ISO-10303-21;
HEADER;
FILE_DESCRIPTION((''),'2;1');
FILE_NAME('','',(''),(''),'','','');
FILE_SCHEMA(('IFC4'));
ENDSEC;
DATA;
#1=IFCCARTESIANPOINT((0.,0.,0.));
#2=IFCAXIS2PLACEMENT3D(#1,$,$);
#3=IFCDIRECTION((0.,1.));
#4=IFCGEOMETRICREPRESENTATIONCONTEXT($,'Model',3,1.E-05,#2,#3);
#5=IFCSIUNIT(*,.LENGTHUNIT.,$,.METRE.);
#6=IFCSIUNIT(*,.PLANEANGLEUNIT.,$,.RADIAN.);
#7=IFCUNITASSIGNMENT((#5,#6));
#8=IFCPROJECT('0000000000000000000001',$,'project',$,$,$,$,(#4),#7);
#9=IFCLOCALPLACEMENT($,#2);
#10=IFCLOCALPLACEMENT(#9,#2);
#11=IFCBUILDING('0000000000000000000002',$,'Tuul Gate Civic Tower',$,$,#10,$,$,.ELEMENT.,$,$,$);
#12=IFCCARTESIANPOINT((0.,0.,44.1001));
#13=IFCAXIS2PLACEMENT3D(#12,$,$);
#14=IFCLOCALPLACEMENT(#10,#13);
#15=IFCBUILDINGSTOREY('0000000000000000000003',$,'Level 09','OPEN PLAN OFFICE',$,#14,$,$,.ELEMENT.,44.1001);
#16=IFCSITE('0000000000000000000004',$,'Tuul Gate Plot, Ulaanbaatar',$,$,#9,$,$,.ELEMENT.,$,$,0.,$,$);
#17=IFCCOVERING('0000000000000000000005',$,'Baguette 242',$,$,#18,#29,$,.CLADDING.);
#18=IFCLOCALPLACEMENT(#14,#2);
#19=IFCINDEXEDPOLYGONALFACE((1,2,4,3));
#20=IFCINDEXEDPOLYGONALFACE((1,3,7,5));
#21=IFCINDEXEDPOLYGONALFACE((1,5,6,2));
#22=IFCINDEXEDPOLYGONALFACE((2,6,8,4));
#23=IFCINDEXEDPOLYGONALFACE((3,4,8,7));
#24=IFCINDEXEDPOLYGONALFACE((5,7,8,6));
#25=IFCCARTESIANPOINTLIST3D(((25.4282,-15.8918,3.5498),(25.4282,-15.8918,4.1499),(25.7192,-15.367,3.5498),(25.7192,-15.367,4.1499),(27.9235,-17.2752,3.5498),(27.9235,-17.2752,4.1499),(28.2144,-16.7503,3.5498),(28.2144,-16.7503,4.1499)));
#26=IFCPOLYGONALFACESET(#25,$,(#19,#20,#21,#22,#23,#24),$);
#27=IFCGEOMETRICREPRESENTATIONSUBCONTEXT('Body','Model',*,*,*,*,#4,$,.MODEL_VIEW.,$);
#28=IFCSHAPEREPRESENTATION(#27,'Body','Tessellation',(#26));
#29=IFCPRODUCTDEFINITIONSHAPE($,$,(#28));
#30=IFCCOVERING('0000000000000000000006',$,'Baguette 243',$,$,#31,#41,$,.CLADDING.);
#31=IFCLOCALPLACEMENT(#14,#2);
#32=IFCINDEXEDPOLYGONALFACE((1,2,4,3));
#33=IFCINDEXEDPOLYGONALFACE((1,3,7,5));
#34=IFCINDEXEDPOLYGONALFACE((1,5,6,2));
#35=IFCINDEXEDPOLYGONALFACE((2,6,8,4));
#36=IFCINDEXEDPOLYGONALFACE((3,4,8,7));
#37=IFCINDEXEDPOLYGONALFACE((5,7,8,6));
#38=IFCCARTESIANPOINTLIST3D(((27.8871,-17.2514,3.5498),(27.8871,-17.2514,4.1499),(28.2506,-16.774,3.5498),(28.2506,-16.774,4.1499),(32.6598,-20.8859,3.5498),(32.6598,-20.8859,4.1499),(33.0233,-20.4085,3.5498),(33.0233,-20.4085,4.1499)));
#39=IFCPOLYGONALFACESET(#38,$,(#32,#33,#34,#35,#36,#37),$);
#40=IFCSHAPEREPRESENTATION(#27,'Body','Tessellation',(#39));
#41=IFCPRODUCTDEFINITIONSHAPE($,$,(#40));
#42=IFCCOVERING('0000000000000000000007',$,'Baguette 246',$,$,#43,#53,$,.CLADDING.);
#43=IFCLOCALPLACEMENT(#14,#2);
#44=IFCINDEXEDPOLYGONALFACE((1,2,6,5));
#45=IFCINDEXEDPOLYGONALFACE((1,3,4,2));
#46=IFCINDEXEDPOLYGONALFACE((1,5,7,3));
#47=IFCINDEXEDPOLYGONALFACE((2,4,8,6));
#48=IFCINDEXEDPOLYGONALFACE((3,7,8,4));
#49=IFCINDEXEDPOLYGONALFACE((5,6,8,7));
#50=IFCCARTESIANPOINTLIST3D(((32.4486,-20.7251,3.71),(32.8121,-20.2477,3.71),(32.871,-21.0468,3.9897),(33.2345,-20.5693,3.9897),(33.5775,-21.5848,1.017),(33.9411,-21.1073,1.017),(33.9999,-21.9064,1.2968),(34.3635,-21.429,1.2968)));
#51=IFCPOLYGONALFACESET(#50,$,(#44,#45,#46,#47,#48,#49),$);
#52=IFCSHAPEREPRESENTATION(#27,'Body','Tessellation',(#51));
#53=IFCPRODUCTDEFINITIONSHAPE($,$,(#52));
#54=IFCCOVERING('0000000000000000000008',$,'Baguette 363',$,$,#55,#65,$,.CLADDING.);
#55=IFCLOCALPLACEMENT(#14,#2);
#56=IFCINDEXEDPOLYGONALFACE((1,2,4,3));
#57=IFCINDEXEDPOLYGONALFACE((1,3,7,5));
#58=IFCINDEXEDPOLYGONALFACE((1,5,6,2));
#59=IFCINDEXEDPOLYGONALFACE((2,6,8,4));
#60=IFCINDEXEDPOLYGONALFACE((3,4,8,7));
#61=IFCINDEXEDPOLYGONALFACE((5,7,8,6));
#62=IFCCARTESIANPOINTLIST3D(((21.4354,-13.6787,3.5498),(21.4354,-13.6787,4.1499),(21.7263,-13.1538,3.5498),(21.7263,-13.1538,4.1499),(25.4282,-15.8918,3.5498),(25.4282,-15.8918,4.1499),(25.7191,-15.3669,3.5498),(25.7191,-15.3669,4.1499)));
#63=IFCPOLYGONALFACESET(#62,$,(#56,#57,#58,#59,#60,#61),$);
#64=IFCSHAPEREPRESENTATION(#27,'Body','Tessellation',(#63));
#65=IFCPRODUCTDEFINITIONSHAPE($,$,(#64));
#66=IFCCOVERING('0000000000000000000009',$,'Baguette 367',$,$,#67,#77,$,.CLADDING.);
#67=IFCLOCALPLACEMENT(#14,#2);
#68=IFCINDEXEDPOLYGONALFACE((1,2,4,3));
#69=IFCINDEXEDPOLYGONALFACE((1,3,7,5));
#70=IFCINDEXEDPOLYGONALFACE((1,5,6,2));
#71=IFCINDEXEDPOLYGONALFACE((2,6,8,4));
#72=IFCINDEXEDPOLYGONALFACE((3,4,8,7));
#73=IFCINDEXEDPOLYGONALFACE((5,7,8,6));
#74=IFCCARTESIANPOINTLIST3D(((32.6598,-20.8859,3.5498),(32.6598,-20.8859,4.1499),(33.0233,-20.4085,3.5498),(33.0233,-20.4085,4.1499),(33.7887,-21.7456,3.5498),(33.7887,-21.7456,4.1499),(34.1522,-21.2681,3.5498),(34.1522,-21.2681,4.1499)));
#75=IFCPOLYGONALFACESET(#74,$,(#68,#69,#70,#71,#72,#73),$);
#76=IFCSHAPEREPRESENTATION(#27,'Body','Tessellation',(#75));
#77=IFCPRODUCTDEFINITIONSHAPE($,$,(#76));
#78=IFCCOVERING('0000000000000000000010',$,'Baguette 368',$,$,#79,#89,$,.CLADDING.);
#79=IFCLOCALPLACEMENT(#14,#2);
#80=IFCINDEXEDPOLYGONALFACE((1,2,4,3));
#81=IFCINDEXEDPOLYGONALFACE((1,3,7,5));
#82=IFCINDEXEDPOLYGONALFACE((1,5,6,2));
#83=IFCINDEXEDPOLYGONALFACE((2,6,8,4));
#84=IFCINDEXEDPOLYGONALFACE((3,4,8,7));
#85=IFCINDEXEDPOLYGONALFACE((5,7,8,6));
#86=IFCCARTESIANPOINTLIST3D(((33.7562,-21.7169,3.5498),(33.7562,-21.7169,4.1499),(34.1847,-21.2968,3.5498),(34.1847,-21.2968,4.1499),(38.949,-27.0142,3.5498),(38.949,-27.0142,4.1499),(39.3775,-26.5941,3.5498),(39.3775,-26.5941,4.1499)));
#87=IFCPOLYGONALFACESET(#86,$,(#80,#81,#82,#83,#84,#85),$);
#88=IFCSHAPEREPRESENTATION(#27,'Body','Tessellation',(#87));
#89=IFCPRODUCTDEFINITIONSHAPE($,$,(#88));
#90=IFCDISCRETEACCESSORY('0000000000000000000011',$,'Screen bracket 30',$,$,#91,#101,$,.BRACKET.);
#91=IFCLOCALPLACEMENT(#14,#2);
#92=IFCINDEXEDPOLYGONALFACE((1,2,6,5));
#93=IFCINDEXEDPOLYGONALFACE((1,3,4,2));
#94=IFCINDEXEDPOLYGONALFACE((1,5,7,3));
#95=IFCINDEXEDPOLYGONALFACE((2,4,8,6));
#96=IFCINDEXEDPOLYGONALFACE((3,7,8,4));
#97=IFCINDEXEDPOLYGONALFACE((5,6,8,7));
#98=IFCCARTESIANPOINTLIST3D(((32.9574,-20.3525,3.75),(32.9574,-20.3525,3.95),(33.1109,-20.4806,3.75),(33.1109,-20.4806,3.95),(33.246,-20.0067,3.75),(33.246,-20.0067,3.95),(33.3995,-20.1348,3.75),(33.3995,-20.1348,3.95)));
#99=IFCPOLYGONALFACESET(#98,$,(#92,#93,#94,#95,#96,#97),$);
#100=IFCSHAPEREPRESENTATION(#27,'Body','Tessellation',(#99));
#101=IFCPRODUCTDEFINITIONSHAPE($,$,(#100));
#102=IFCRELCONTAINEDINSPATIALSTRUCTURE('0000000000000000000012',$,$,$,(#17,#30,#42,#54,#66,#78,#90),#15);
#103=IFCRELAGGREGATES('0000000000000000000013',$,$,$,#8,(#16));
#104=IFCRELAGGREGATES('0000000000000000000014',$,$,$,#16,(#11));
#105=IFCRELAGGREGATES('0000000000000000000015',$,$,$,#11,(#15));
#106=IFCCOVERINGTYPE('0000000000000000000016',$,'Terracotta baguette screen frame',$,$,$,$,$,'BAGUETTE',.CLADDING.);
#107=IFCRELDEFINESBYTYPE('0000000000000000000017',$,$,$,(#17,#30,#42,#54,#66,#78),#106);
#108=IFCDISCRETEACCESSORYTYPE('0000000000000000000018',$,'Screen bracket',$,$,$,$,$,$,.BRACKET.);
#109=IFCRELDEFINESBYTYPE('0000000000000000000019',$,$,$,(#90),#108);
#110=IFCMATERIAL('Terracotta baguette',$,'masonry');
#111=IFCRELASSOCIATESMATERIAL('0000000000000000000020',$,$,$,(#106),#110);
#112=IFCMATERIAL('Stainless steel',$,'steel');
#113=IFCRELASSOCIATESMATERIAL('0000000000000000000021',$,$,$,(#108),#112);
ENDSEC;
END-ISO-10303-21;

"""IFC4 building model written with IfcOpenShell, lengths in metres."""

from ifc_helpers import new_model, si_unit, direction, frame, origin, origin_2d, place, context, subcontext, project, spatial, rectangle, extrude, material, material_profile, profile_set, type_object, element, save


model = new_model("IFC4")

# Units and contexts
model_context = context("Model", 3, precision=1e-05, world=origin(), true_north=direction((0.0, 1.0)))
body_context = subcontext(model_context, "Body", "Model", "MODEL_VIEW")
ifc_project = project(units=[si_unit("LENGTHUNIT", "METRE"), si_unit("PLANEANGLEUNIT", "RADIAN")], contexts=[model_context])

# Site, building, storey
site_placement = place(None, origin())
site = spatial("IfcSite", under=ifc_project, at=site_placement, Name="Tuul Gate Plot, Ulaanbaatar", CompositionType="ELEMENT", RefElevation=0.0)
building_placement = place(site_placement, origin())
building = spatial("IfcBuilding", under=site, at=building_placement, Name="Tuul Gate Civic Tower", CompositionType="ELEMENT")
storey_placement = place(building_placement, frame((0.0, 0.0, 44.1001)))
storey = spatial("IfcBuildingStorey", under=building, at=storey_placement, Name="Level 09", Description="OPEN PLAN OFFICE", CompositionType="ELEMENT", Elevation=44.1001)

# Coverings
ifc_material_1 = material(Name="Terracotta baguette", Category="masonry")
ifc_material_profile_1 = material_profile(ifc_material_1, rectangle(XDim=0.6001, YDim=0.6001, at=origin_2d()), Name="Terracotta baguette screen frame")
ifc_profile_set_1 = profile_set([ifc_material_profile_1], Name="Terracotta baguette")
covering_type = type_object("IfcCoveringType", Name="Terracotta baguette screen frame", ElementType="BAGUETTE", PredefinedType="CLADDING", material=ifc_profile_set_1)
covering_1_placement = place(storey_placement, frame((25.5737, -15.6294, 3.8499), z_axis=(0.874585, -0.484873, 0.0), x_axis=(0.484873, 0.874585, 0.0)))
element("IfcCovering", 1, at=covering_1_placement, inside=storey, type_object=covering_type, Name="Baguette 242", PredefinedType="CLADDING", context=body_context, shape_type="SweptSolid", body=[
    extrude(rectangle(XDim=0.6001, YDim=0.6001, at=origin_2d()), origin(), (0.0, 0.0, 1.0), 2.853),
])
covering_2_placement = place(storey_placement, frame((28.0688, -17.0127, 3.8499), z_axis=(0.795578, -0.605851, 0.0), x_axis=(0.605851, 0.795578, 0.0)))
element("IfcCovering", 2, at=covering_2_placement, inside=storey, type_object=covering_type, Name="Baguette 243", PredefinedType="CLADDING", context=body_context, shape_type="SweptSolid", body=[
    extrude(rectangle(XDim=0.6001, YDim=0.6001, at=origin_2d()), origin(), (0.0, 0.0, 1.0), 5.999),
])
covering_3_placement = place(storey_placement, frame((32.8416, -20.6472, 3.8499), z_axis=(0.370883, -0.282413, -0.884697), x_axis=(0.60582, 0.795602, 0.0)))
element("IfcCovering", 3, at=covering_3_placement, inside=storey, type_object=covering_type, Name="Baguette 246", PredefinedType="CLADDING", context=body_context, shape_type="SweptSolid", body=[
    extrude(rectangle(XDim=0.6001, YDim=0.6001, at=origin_2d()), origin(), (0.0, 0.0, 1.0), 3.0439),
])
covering_4_placement = place(storey_placement, frame((21.5808, -13.4163, 3.8499), z_axis=(0.874636, -0.48478, 0.0), x_axis=(0.48478, 0.874636, 0.0)))
element("IfcCovering", 4, at=covering_4_placement, inside=storey, type_object=covering_type, Name="Baguette 363", PredefinedType="CLADDING", context=body_context, shape_type="SweptSolid", body=[
    extrude(rectangle(XDim=0.6001, YDim=0.6001, at=origin_2d()), origin(), (0.0, 0.0, 1.0), 4.5652),
])
covering_5_placement = place(storey_placement, frame((32.8416, -20.6472, 3.8499), z_axis=(0.795602, -0.60582, 0.0), x_axis=(0.60582, 0.795602, 0.0)))
element("IfcCovering", 5, at=covering_5_placement, inside=storey, type_object=covering_type, Name="Baguette 367", PredefinedType="CLADDING", context=body_context, shape_type="SweptSolid", body=[
    extrude(rectangle(XDim=0.6001, YDim=0.6001, at=origin_2d()), origin(), (0.0, 0.0, 1.0), 1.4189),
])
covering_6_placement = place(storey_placement, frame((33.9705, -21.5068, 3.8499), z_axis=(0.700029, -0.714115, 0.0), x_axis=(0.714115, 0.700029, 0.0)))
element("IfcCovering", 6, at=covering_6_placement, inside=storey, type_object=covering_type, Name="Baguette 368", PredefinedType="CLADDING", context=body_context, shape_type="SweptSolid", body=[
    extrude(rectangle(XDim=0.6001, YDim=0.6001, at=origin_2d()), origin(), (0.0, 0.0, 1.0), 7.418),
])

# Discrete accessory
ifc_material_2 = material(Name="Stainless steel", Category="steel")
discrete_accessory_type = type_object("IfcDiscreteAccessoryType", Name="Screen bracket", PredefinedType="BRACKET", material=ifc_material_2)
discrete_accessory_placement = place(storey_placement, frame((33.1785, -20.2437, 3.75), z_axis=(0.0, 0.0, 1.0), x_axis=(-0.640757, -0.767744, 0.0)))
element("IfcDiscreteAccessory", 7, at=discrete_accessory_placement, inside=storey, type_object=discrete_accessory_type, Name="Screen bracket 30", PredefinedType="BRACKET", context=body_context, shape_type="SweptSolid", body=[
    extrude(rectangle(XDim=0.4504, YDim=0.2, at=origin_2d()), origin(), (0.0, 0.0, 1.0), 0.2),
])

save(model, "model.ifc")
